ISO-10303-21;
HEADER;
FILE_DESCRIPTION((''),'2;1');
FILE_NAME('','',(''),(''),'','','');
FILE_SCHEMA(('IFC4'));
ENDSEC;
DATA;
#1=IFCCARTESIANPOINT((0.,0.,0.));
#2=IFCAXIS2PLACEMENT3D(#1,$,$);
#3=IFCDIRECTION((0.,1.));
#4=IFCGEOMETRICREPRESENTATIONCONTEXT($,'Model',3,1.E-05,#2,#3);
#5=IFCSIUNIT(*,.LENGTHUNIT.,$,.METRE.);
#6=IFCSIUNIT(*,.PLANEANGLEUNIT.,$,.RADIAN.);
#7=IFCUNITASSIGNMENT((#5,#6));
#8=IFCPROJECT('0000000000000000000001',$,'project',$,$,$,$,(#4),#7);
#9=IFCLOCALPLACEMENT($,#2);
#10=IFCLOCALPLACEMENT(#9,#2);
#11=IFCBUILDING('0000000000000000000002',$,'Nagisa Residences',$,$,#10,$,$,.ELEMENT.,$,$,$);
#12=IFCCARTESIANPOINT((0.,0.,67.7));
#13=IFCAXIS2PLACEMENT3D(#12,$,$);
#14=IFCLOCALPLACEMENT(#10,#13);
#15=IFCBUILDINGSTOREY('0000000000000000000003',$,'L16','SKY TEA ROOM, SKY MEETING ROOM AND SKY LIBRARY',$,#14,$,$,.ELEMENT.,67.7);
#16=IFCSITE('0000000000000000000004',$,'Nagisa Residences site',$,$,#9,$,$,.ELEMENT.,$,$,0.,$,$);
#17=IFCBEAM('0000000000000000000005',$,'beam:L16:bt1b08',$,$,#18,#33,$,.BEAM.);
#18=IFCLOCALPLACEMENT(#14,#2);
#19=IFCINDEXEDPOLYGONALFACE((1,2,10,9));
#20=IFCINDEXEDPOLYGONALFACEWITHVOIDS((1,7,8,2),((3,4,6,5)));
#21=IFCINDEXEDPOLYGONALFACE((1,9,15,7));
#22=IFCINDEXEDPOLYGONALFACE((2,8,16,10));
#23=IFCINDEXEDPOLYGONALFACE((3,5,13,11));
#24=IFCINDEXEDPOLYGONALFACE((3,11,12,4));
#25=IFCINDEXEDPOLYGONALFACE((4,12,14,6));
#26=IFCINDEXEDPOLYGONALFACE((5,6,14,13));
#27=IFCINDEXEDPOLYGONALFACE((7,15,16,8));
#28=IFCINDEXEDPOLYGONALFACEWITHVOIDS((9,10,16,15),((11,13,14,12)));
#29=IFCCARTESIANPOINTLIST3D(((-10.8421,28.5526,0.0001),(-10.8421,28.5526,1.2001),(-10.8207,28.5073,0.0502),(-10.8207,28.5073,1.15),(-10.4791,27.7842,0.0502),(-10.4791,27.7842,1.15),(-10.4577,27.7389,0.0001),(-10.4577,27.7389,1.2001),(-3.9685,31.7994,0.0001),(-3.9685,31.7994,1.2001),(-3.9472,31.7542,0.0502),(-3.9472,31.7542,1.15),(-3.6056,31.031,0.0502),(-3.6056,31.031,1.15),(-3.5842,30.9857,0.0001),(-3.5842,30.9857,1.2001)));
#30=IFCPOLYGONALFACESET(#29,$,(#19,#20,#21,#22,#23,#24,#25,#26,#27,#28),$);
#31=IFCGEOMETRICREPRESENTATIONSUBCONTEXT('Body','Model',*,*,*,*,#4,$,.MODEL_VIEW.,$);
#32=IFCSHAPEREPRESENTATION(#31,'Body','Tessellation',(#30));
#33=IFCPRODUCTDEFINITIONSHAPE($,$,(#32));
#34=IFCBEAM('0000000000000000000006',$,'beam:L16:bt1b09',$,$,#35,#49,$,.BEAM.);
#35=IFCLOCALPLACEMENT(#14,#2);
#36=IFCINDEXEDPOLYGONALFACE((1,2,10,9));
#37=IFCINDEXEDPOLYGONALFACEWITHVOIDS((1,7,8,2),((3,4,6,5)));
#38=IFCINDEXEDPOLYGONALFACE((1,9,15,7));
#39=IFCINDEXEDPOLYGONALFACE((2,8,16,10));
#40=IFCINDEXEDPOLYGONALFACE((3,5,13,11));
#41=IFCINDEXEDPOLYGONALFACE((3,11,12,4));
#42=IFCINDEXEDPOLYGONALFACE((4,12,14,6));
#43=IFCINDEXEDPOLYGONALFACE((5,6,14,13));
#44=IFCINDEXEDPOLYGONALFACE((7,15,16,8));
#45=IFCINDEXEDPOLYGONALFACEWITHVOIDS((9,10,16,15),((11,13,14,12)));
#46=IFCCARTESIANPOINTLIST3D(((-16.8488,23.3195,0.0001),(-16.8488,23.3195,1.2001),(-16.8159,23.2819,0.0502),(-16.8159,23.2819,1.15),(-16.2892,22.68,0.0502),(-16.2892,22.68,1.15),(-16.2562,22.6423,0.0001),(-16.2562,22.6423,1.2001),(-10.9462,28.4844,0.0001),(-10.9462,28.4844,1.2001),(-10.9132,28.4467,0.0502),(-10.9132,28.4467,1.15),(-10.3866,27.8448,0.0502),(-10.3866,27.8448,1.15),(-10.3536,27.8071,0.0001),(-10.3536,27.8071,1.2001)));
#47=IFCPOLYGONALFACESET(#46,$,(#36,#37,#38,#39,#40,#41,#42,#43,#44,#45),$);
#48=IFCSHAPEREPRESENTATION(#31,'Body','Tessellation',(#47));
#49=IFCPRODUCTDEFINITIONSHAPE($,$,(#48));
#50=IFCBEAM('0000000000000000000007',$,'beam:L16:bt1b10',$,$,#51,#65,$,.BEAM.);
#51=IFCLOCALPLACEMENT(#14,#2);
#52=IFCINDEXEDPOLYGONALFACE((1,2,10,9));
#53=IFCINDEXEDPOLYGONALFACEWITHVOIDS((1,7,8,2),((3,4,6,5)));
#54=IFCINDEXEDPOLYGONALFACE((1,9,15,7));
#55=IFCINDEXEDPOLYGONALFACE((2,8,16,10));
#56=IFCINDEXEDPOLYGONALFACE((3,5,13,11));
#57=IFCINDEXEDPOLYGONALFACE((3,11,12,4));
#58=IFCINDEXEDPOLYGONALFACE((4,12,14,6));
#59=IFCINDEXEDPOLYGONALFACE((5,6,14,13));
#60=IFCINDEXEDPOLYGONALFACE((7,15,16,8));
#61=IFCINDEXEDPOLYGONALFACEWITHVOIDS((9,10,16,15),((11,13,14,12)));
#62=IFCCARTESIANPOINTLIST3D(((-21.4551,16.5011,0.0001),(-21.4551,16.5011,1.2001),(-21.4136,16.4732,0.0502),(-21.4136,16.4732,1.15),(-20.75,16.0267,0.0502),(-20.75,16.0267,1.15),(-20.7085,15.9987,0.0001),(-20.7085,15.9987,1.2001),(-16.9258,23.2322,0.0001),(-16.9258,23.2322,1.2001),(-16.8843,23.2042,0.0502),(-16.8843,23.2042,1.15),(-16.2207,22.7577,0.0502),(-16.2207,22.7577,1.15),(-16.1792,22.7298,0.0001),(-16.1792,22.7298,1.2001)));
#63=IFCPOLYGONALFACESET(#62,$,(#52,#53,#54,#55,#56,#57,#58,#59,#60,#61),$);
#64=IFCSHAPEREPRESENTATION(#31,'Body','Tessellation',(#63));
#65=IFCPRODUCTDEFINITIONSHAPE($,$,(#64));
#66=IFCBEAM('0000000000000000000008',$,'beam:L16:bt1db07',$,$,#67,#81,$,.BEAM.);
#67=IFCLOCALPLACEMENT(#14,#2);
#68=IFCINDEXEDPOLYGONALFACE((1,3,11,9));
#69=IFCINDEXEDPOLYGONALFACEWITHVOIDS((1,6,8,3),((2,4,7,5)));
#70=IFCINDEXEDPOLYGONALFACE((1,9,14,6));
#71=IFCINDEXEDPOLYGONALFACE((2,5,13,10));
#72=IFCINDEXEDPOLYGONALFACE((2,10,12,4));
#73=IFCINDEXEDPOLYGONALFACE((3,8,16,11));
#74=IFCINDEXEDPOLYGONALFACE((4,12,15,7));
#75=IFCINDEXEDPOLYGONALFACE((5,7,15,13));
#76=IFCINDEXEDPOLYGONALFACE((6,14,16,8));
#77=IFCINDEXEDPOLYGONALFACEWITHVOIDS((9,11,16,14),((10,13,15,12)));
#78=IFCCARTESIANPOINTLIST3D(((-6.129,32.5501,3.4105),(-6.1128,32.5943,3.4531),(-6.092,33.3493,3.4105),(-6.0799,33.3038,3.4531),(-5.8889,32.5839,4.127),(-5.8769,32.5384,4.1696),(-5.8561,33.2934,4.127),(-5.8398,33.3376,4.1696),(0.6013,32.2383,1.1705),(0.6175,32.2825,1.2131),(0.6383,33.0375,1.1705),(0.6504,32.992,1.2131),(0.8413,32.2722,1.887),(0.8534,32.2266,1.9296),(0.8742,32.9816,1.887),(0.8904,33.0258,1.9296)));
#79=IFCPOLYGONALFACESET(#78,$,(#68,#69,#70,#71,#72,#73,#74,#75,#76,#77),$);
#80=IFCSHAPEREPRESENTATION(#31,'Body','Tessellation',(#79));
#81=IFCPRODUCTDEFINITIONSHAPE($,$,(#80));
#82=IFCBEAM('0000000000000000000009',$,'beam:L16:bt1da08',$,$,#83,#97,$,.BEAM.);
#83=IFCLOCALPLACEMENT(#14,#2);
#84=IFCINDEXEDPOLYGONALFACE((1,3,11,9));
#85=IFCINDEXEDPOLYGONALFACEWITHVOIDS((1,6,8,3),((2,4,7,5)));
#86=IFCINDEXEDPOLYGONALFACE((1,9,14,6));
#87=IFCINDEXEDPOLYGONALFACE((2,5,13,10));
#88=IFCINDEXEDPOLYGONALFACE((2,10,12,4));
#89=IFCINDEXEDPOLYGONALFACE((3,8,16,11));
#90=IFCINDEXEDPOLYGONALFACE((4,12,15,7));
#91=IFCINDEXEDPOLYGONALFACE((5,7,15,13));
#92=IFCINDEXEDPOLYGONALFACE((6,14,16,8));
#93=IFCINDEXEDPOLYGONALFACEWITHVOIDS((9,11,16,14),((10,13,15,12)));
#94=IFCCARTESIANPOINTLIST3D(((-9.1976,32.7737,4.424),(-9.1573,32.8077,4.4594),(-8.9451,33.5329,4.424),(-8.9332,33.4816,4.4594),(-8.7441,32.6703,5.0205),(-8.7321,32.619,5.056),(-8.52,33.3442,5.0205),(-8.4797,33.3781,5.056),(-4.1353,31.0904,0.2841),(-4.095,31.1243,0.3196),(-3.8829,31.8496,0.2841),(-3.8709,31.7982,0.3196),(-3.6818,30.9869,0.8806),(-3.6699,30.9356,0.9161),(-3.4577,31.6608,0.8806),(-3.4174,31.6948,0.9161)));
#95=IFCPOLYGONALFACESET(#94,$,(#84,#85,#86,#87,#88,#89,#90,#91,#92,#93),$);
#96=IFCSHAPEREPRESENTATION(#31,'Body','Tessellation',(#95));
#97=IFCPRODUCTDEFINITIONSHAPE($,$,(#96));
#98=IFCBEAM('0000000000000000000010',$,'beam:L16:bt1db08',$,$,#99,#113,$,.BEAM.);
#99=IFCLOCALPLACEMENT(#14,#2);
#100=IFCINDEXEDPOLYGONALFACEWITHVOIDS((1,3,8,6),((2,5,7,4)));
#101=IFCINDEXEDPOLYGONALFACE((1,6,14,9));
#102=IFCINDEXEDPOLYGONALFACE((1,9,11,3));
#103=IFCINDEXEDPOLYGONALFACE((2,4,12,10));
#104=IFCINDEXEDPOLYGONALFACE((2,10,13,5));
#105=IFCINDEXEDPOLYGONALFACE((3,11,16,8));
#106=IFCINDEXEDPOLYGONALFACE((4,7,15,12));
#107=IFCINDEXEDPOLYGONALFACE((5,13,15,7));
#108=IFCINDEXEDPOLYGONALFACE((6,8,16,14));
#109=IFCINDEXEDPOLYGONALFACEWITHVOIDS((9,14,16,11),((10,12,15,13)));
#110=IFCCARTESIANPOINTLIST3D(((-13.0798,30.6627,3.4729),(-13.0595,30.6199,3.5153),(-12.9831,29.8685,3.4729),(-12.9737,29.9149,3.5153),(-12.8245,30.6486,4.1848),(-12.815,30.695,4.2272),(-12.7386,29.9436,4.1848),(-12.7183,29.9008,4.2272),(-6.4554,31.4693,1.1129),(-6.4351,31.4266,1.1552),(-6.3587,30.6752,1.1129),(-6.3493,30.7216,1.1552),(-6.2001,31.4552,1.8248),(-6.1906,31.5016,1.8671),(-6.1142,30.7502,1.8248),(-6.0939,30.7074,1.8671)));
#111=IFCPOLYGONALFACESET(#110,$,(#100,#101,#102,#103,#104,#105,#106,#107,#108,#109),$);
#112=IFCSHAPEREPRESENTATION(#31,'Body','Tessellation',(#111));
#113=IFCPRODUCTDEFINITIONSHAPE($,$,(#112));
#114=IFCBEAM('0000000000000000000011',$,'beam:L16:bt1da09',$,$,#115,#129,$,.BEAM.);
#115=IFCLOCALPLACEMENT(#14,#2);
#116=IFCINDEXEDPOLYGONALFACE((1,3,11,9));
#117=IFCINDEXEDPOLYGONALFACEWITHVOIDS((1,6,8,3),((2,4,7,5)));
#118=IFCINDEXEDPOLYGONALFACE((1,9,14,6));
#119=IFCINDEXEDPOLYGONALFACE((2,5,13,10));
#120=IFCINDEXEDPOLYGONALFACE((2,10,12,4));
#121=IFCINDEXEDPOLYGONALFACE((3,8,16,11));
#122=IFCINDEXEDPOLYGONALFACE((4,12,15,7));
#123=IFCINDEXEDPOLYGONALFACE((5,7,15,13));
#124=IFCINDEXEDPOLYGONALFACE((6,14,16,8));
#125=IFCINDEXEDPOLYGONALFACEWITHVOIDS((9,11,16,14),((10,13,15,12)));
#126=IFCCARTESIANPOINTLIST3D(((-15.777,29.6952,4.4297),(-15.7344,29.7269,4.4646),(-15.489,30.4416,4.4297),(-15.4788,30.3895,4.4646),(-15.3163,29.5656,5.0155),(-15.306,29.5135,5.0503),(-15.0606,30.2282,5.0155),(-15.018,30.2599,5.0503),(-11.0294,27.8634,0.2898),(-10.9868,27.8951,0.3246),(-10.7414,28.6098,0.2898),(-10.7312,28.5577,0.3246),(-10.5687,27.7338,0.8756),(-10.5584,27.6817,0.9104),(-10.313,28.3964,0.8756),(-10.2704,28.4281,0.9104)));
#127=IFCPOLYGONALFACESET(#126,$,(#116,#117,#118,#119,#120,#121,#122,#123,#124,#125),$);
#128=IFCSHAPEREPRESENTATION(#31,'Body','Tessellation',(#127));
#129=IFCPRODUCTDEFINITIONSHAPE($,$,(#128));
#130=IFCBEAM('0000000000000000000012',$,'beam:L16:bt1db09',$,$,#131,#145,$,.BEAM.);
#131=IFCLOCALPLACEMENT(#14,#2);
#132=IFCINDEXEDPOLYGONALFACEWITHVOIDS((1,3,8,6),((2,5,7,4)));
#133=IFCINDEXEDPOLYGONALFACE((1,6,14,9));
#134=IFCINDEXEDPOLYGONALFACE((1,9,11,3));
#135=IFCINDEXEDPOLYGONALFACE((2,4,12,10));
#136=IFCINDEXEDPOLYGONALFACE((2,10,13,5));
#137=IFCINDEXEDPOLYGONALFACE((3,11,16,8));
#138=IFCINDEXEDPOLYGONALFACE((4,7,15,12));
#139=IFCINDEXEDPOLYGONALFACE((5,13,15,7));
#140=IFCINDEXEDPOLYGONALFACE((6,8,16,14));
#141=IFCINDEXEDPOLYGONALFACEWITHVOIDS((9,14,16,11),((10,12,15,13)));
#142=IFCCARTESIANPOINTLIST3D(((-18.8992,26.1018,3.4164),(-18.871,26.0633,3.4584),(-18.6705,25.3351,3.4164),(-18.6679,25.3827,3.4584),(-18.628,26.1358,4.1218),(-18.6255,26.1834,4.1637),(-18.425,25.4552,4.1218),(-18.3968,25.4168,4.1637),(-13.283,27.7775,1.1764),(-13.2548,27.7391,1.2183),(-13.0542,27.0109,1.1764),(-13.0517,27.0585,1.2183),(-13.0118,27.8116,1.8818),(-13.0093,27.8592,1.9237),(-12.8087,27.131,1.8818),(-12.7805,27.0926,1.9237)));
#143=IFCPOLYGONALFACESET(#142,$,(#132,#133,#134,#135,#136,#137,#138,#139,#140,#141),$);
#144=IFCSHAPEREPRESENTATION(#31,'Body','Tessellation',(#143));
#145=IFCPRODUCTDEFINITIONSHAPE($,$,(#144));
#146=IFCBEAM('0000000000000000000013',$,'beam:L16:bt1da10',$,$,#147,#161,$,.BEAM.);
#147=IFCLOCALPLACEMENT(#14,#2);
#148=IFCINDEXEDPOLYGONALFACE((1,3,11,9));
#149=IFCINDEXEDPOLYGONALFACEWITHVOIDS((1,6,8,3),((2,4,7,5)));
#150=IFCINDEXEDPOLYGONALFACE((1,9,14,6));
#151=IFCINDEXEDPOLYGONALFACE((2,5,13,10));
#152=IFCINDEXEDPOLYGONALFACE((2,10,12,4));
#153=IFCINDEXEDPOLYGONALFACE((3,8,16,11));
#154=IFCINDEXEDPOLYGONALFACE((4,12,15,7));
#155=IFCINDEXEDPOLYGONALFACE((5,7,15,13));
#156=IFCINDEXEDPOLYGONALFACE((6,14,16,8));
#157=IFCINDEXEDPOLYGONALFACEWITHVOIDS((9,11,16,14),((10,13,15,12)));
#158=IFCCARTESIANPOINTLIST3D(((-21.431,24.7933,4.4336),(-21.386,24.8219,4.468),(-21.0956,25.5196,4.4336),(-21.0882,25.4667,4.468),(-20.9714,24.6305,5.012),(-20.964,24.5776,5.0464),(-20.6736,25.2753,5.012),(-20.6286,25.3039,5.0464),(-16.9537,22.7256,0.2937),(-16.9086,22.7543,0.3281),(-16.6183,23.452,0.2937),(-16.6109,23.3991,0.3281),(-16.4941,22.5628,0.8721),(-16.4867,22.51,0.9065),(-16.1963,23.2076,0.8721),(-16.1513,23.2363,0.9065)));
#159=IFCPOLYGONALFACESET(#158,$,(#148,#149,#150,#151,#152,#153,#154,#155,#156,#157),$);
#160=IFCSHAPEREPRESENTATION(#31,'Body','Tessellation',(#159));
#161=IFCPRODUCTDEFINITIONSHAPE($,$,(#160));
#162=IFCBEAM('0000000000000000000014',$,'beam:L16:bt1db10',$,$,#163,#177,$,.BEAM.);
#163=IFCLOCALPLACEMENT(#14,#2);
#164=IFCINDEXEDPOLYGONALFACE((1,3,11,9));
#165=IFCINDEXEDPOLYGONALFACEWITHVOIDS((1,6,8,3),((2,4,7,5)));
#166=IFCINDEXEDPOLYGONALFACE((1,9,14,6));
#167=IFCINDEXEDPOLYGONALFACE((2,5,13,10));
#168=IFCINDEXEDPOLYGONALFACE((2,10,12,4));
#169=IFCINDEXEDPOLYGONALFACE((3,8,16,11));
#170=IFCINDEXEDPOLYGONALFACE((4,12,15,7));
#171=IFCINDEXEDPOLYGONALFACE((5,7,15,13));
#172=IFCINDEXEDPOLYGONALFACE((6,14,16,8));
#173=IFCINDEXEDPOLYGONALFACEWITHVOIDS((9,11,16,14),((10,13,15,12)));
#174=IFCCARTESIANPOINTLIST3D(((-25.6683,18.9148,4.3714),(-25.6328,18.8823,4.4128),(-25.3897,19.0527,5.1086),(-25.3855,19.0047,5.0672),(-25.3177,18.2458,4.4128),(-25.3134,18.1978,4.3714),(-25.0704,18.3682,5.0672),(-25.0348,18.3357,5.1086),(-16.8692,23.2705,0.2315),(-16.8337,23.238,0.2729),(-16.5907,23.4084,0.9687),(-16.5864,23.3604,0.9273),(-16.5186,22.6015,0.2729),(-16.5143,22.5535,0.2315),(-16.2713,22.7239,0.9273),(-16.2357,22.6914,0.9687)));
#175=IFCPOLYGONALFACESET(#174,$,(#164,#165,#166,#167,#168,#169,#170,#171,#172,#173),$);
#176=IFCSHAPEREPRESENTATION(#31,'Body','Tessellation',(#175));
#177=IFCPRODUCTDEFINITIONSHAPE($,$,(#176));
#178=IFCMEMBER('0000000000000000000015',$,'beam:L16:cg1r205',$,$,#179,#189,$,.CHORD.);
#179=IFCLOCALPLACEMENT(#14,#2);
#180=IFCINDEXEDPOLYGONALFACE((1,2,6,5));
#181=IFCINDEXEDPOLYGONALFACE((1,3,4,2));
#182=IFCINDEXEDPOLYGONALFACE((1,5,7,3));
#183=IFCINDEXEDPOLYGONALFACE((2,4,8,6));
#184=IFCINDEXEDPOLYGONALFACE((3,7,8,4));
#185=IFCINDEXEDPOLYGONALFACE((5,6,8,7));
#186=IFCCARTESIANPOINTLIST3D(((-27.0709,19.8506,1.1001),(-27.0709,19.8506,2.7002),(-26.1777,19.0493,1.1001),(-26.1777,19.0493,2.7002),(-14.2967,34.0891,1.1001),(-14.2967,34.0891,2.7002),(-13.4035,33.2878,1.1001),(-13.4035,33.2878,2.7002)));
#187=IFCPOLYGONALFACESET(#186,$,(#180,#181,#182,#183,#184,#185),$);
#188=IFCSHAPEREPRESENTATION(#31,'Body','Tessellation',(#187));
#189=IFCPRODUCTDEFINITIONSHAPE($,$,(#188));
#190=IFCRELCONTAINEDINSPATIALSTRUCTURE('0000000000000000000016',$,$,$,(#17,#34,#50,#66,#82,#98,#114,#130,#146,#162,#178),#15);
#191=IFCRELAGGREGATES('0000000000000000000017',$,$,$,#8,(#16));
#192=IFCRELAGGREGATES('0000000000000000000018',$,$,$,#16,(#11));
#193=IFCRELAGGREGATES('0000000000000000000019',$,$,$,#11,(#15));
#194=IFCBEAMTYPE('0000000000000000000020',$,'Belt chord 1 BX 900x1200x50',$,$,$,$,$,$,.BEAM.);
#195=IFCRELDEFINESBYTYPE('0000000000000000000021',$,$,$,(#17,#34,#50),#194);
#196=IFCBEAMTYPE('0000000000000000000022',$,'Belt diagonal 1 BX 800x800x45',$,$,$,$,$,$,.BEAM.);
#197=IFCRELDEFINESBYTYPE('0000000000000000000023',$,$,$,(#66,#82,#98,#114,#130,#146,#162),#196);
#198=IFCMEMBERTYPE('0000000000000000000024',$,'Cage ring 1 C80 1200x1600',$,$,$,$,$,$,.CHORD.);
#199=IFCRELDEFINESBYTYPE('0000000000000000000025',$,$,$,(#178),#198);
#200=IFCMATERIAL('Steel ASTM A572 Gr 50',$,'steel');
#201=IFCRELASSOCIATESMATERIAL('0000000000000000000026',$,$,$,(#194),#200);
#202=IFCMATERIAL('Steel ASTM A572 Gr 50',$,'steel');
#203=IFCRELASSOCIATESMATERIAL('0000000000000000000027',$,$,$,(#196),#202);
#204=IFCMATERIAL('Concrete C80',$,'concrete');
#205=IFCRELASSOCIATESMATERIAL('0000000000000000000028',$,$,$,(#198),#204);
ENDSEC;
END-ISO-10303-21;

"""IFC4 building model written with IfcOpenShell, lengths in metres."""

from ifc_helpers import new_model, si_unit, direction, frame, origin, origin_2d, place, context, subcontext, project, spatial, rectangle, hollow_rectangle, extrude, material, material_profile, profile_set, type_object, element, save


model = new_model("IFC4")

# Units and contexts
model_context = context("Model", 3, precision=1e-05, world=origin(), true_north=direction((0.0, 1.0)))
body_context = subcontext(model_context, "Body", "Model", "MODEL_VIEW")
ifc_project = project(units=[si_unit("LENGTHUNIT", "METRE"), si_unit("PLANEANGLEUNIT", "RADIAN")], contexts=[model_context])

# Site, building, storey
site_placement = place(None, origin())
site = spatial("IfcSite", under=ifc_project, at=site_placement, Name="Nagisa Residences site", CompositionType="ELEMENT", RefElevation=0.0)
building_placement = place(site_placement, origin())
building = spatial("IfcBuilding", under=site, at=building_placement, Name="Nagisa Residences", CompositionType="ELEMENT")
storey_placement = place(building_placement, frame((0.0, 0.0, 67.7)))
storey = spatial("IfcBuildingStorey", under=building, at=storey_placement, Name="L16", Description="SKY TEA ROOM, SKY MEETING ROOM AND SKY LIBRARY", CompositionType="ELEMENT", Elevation=67.7)

# Beams
ifc_material_1 = material(Name="Steel ASTM A572 Gr 50", Category="steel")
ifc_material_profile_1 = material_profile(ifc_material_1, hollow_rectangle(XDim=0.8999, YDim=1.2, WallThickness=0.05, at=origin_2d()), Name="BX 900x1200x50")
ifc_profile_set_1 = profile_set([ifc_material_profile_1], Name="Steel ASTM A572 Gr 50")
beam_type_1 = type_object("IfcBeamType", Name="Belt chord 1 BX 900x1200x50", PredefinedType="BEAM", material=ifc_profile_set_1)
beam_1_placement = place(storey_placement, frame((-3.7764, 31.3926, 0.6001), z_axis=(-0.904198, -0.427113, 0.0), x_axis=(0.427113, -0.904198, 0.0)))
element("IfcBeam", 1, at=beam_1_placement, inside=storey, type_object=beam_type_1, Name="beam:L16:bt1b08", PredefinedType="BEAM", context=body_context, shape_type="SweptSolid", body=[
    extrude(hollow_rectangle(XDim=0.8999, YDim=1.2, WallThickness=0.05, at=origin_2d()), origin(), (0.0, 0.0, 1.0), 7.6018),
])
beam_2_placement = place(storey_placement, frame((-10.6499, 28.1458, 0.6001), z_axis=(-0.752575, -0.658507, 0.0), x_axis=(0.658507, -0.752575, 0.0)))
element("IfcBeam", 2, at=beam_2_placement, inside=storey, type_object=beam_type_1, Name="beam:L16:bt1b09", PredefinedType="BEAM", context=body_context, shape_type="SweptSolid", body=[
    extrude(hollow_rectangle(XDim=0.8999, YDim=1.2, WallThickness=0.05, at=origin_2d()), origin(), (0.0, 0.0, 1.0), 7.8433),
])
beam_3_placement = place(storey_placement, frame((-16.5525, 22.981, 0.6001), z_axis=(-0.558278, -0.829654, 0.0), x_axis=(0.829654, -0.558278, 0.0)))
element("IfcBeam", 3, at=beam_3_placement, inside=storey, type_object=beam_type_1, Name="beam:L16:bt1b10", PredefinedType="BEAM", context=body_context, shape_type="SweptSolid", body=[
    extrude(hollow_rectangle(XDim=0.8999, YDim=1.2, WallThickness=0.05, at=origin_2d()), origin(), (0.0, 0.0, 1.0), 8.113),
])
ifc_material_2 = material(Name="Steel ASTM A572 Gr 50", Category="steel")
ifc_material_profile_2 = material_profile(ifc_material_2, hollow_rectangle(XDim=0.8, YDim=0.8, WallThickness=0.0449, at=origin_2d()), Name="BX 800x800x45")
ifc_profile_set_2 = profile_set([ifc_material_profile_2], Name="Steel ASTM A572 Gr 50")
beam_type_2 = type_object("IfcBeamType", Name="Belt diagonal 1 BX 800x800x45", PredefinedType="BEAM", material=ifc_profile_set_2)
beam_4_placement = place(storey_placement, frame((0.7458, 32.6321, 1.55), z_axis=(-0.947913, 0.043911, 0.315489), x_axis=(-0.046274, -0.998929, 0.0)))
element("IfcBeam", 4, at=beam_4_placement, inside=storey, type_object=beam_type_2, Name="beam:L16:bt1db07", PredefinedType="BEAM", context=body_context, shape_type="SweptSolid", body=[
    extrude(hollow_rectangle(XDim=0.8, YDim=0.8, WallThickness=0.0449, at=origin_2d()), origin(), (0.0, 0.0, 1.0), 7.1001),
])
beam_5_placement = place(storey_placement, frame((-3.7764, 31.3926, 0.6001), z_axis=(-0.749665, 0.249286, 0.613073), x_axis=(-0.315541, -0.948912, 0.0)))
element("IfcBeam", 5, at=beam_5_placement, inside=storey, type_object=beam_type_2, Name="beam:L16:bt1da08", PredefinedType="BEAM", context=body_context, shape_type="SweptSolid", body=[
    extrude(hollow_rectangle(XDim=0.8, YDim=0.8, WallThickness=0.0449, at=origin_2d()), origin(), (0.0, 0.0, 1.0), 6.7527),
])
beam_6_placement = place(storey_placement, frame((-6.2747, 31.0884, 1.49), z_axis=(-0.935866, -0.113957, 0.33342), x_axis=(0.120873, -0.992668, 0.0)))
element("IfcBeam", 6, at=beam_6_placement, inside=storey, type_object=beam_type_2, Name="beam:L16:bt1db08", PredefinedType="BEAM", context=body_context, shape_type="SweptSolid", body=[
    extrude(hollow_rectangle(XDim=0.8, YDim=0.8, WallThickness=0.0449, at=origin_2d()), origin(), (0.0, 0.0, 1.0), 7.0784),
])
beam_7_placement = place(storey_placement, frame((-10.6499, 28.1458, 0.6001), z_axis=(-0.723714, 0.279236, 0.631082), x_axis=(-0.359972, -0.932963, 0.0)))
element("IfcBeam", 7, at=beam_7_placement, inside=storey, type_object=beam_type_2, Name="beam:L16:bt1da09", PredefinedType="BEAM", context=body_context, shape_type="SweptSolid", body=[
    extrude(hollow_rectangle(XDim=0.8, YDim=0.8, WallThickness=0.0449, at=origin_2d()), origin(), (0.0, 0.0, 1.0), 6.5601),
])
beam_8_placement = place(storey_placement, frame((-13.0317, 27.4351, 1.55), z_axis=(-0.895105, -0.267084, 0.357007), x_axis=(0.285926, -0.958252, 0.0)))
element("IfcBeam", 8, at=beam_8_placement, inside=storey, type_object=beam_type_2, Name="beam:L16:bt1db09", PredefinedType="BEAM", context=body_context, shape_type="SweptSolid", body=[
    extrude(hollow_rectangle(XDim=0.8, YDim=0.8, WallThickness=0.0449, at=origin_2d()), origin(), (0.0, 0.0, 1.0), 6.2744),
])
beam_9_placement = place(storey_placement, frame((-16.5525, 22.981, 0.6001), z_axis=(-0.695346, 0.321113, 0.642946), x_axis=(-0.419256, -0.907868, 0.0)))
element("IfcBeam", 9, at=beam_9_placement, inside=storey, type_object=beam_type_2, Name="beam:L16:bt1da10", PredefinedType="BEAM", context=body_context, shape_type="SweptSolid", body=[
    extrude(hollow_rectangle(XDim=0.8, YDim=0.8, WallThickness=0.0449, at=origin_2d()), origin(), (0.0, 0.0, 1.0), 6.439),
])
beam_10_placement = place(storey_placement, frame((-16.5525, 22.981, 0.6001), z_axis=(-0.825796, -0.408785, 0.38853), x_axis=(0.443639, -0.896205, 0.0)))
element("IfcBeam", 10, at=beam_10_placement, inside=storey, type_object=beam_type_2, Name="beam:L16:bt1db10", PredefinedType="BEAM", context=body_context, shape_type="SweptSolid", body=[
    extrude(hollow_rectangle(XDim=0.8, YDim=0.8, WallThickness=0.0449, at=origin_2d()), origin(), (0.0, 0.0, 1.0), 10.6553),
])

# Member
ifc_material_3 = material(Name="Concrete C80", Category="concrete")
ifc_material_profile_3 = material_profile(ifc_material_3, rectangle(XDim=1.2, YDim=1.6001, at=origin_2d()), Name="C80 1200x1600")
ifc_profile_set_3 = profile_set([ifc_material_profile_3], Name="Concrete C80")
member_type_1 = type_object("IfcMemberType", Name="Cage ring 1 C80 1200x1600", PredefinedType="CHORD", material=ifc_profile_set_3)
member_1_placement = place(storey_placement, frame((-13.8501, 33.6885, 1.9001), z_axis=(-0.667794, -0.744346, 0.0), x_axis=(0.744346, -0.667794, 0.0)))
element("IfcMember", 11, at=member_1_placement, inside=storey, type_object=member_type_1, Name="beam:L16:cg1r205", PredefinedType="CHORD", context=body_context, shape_type="SweptSolid", body=[
    extrude(rectangle(XDim=1.2, YDim=1.6001, at=origin_2d()), origin(), (0.0, 0.0, 1.0), 19.1289),
])

save(model, "model.ifc")
